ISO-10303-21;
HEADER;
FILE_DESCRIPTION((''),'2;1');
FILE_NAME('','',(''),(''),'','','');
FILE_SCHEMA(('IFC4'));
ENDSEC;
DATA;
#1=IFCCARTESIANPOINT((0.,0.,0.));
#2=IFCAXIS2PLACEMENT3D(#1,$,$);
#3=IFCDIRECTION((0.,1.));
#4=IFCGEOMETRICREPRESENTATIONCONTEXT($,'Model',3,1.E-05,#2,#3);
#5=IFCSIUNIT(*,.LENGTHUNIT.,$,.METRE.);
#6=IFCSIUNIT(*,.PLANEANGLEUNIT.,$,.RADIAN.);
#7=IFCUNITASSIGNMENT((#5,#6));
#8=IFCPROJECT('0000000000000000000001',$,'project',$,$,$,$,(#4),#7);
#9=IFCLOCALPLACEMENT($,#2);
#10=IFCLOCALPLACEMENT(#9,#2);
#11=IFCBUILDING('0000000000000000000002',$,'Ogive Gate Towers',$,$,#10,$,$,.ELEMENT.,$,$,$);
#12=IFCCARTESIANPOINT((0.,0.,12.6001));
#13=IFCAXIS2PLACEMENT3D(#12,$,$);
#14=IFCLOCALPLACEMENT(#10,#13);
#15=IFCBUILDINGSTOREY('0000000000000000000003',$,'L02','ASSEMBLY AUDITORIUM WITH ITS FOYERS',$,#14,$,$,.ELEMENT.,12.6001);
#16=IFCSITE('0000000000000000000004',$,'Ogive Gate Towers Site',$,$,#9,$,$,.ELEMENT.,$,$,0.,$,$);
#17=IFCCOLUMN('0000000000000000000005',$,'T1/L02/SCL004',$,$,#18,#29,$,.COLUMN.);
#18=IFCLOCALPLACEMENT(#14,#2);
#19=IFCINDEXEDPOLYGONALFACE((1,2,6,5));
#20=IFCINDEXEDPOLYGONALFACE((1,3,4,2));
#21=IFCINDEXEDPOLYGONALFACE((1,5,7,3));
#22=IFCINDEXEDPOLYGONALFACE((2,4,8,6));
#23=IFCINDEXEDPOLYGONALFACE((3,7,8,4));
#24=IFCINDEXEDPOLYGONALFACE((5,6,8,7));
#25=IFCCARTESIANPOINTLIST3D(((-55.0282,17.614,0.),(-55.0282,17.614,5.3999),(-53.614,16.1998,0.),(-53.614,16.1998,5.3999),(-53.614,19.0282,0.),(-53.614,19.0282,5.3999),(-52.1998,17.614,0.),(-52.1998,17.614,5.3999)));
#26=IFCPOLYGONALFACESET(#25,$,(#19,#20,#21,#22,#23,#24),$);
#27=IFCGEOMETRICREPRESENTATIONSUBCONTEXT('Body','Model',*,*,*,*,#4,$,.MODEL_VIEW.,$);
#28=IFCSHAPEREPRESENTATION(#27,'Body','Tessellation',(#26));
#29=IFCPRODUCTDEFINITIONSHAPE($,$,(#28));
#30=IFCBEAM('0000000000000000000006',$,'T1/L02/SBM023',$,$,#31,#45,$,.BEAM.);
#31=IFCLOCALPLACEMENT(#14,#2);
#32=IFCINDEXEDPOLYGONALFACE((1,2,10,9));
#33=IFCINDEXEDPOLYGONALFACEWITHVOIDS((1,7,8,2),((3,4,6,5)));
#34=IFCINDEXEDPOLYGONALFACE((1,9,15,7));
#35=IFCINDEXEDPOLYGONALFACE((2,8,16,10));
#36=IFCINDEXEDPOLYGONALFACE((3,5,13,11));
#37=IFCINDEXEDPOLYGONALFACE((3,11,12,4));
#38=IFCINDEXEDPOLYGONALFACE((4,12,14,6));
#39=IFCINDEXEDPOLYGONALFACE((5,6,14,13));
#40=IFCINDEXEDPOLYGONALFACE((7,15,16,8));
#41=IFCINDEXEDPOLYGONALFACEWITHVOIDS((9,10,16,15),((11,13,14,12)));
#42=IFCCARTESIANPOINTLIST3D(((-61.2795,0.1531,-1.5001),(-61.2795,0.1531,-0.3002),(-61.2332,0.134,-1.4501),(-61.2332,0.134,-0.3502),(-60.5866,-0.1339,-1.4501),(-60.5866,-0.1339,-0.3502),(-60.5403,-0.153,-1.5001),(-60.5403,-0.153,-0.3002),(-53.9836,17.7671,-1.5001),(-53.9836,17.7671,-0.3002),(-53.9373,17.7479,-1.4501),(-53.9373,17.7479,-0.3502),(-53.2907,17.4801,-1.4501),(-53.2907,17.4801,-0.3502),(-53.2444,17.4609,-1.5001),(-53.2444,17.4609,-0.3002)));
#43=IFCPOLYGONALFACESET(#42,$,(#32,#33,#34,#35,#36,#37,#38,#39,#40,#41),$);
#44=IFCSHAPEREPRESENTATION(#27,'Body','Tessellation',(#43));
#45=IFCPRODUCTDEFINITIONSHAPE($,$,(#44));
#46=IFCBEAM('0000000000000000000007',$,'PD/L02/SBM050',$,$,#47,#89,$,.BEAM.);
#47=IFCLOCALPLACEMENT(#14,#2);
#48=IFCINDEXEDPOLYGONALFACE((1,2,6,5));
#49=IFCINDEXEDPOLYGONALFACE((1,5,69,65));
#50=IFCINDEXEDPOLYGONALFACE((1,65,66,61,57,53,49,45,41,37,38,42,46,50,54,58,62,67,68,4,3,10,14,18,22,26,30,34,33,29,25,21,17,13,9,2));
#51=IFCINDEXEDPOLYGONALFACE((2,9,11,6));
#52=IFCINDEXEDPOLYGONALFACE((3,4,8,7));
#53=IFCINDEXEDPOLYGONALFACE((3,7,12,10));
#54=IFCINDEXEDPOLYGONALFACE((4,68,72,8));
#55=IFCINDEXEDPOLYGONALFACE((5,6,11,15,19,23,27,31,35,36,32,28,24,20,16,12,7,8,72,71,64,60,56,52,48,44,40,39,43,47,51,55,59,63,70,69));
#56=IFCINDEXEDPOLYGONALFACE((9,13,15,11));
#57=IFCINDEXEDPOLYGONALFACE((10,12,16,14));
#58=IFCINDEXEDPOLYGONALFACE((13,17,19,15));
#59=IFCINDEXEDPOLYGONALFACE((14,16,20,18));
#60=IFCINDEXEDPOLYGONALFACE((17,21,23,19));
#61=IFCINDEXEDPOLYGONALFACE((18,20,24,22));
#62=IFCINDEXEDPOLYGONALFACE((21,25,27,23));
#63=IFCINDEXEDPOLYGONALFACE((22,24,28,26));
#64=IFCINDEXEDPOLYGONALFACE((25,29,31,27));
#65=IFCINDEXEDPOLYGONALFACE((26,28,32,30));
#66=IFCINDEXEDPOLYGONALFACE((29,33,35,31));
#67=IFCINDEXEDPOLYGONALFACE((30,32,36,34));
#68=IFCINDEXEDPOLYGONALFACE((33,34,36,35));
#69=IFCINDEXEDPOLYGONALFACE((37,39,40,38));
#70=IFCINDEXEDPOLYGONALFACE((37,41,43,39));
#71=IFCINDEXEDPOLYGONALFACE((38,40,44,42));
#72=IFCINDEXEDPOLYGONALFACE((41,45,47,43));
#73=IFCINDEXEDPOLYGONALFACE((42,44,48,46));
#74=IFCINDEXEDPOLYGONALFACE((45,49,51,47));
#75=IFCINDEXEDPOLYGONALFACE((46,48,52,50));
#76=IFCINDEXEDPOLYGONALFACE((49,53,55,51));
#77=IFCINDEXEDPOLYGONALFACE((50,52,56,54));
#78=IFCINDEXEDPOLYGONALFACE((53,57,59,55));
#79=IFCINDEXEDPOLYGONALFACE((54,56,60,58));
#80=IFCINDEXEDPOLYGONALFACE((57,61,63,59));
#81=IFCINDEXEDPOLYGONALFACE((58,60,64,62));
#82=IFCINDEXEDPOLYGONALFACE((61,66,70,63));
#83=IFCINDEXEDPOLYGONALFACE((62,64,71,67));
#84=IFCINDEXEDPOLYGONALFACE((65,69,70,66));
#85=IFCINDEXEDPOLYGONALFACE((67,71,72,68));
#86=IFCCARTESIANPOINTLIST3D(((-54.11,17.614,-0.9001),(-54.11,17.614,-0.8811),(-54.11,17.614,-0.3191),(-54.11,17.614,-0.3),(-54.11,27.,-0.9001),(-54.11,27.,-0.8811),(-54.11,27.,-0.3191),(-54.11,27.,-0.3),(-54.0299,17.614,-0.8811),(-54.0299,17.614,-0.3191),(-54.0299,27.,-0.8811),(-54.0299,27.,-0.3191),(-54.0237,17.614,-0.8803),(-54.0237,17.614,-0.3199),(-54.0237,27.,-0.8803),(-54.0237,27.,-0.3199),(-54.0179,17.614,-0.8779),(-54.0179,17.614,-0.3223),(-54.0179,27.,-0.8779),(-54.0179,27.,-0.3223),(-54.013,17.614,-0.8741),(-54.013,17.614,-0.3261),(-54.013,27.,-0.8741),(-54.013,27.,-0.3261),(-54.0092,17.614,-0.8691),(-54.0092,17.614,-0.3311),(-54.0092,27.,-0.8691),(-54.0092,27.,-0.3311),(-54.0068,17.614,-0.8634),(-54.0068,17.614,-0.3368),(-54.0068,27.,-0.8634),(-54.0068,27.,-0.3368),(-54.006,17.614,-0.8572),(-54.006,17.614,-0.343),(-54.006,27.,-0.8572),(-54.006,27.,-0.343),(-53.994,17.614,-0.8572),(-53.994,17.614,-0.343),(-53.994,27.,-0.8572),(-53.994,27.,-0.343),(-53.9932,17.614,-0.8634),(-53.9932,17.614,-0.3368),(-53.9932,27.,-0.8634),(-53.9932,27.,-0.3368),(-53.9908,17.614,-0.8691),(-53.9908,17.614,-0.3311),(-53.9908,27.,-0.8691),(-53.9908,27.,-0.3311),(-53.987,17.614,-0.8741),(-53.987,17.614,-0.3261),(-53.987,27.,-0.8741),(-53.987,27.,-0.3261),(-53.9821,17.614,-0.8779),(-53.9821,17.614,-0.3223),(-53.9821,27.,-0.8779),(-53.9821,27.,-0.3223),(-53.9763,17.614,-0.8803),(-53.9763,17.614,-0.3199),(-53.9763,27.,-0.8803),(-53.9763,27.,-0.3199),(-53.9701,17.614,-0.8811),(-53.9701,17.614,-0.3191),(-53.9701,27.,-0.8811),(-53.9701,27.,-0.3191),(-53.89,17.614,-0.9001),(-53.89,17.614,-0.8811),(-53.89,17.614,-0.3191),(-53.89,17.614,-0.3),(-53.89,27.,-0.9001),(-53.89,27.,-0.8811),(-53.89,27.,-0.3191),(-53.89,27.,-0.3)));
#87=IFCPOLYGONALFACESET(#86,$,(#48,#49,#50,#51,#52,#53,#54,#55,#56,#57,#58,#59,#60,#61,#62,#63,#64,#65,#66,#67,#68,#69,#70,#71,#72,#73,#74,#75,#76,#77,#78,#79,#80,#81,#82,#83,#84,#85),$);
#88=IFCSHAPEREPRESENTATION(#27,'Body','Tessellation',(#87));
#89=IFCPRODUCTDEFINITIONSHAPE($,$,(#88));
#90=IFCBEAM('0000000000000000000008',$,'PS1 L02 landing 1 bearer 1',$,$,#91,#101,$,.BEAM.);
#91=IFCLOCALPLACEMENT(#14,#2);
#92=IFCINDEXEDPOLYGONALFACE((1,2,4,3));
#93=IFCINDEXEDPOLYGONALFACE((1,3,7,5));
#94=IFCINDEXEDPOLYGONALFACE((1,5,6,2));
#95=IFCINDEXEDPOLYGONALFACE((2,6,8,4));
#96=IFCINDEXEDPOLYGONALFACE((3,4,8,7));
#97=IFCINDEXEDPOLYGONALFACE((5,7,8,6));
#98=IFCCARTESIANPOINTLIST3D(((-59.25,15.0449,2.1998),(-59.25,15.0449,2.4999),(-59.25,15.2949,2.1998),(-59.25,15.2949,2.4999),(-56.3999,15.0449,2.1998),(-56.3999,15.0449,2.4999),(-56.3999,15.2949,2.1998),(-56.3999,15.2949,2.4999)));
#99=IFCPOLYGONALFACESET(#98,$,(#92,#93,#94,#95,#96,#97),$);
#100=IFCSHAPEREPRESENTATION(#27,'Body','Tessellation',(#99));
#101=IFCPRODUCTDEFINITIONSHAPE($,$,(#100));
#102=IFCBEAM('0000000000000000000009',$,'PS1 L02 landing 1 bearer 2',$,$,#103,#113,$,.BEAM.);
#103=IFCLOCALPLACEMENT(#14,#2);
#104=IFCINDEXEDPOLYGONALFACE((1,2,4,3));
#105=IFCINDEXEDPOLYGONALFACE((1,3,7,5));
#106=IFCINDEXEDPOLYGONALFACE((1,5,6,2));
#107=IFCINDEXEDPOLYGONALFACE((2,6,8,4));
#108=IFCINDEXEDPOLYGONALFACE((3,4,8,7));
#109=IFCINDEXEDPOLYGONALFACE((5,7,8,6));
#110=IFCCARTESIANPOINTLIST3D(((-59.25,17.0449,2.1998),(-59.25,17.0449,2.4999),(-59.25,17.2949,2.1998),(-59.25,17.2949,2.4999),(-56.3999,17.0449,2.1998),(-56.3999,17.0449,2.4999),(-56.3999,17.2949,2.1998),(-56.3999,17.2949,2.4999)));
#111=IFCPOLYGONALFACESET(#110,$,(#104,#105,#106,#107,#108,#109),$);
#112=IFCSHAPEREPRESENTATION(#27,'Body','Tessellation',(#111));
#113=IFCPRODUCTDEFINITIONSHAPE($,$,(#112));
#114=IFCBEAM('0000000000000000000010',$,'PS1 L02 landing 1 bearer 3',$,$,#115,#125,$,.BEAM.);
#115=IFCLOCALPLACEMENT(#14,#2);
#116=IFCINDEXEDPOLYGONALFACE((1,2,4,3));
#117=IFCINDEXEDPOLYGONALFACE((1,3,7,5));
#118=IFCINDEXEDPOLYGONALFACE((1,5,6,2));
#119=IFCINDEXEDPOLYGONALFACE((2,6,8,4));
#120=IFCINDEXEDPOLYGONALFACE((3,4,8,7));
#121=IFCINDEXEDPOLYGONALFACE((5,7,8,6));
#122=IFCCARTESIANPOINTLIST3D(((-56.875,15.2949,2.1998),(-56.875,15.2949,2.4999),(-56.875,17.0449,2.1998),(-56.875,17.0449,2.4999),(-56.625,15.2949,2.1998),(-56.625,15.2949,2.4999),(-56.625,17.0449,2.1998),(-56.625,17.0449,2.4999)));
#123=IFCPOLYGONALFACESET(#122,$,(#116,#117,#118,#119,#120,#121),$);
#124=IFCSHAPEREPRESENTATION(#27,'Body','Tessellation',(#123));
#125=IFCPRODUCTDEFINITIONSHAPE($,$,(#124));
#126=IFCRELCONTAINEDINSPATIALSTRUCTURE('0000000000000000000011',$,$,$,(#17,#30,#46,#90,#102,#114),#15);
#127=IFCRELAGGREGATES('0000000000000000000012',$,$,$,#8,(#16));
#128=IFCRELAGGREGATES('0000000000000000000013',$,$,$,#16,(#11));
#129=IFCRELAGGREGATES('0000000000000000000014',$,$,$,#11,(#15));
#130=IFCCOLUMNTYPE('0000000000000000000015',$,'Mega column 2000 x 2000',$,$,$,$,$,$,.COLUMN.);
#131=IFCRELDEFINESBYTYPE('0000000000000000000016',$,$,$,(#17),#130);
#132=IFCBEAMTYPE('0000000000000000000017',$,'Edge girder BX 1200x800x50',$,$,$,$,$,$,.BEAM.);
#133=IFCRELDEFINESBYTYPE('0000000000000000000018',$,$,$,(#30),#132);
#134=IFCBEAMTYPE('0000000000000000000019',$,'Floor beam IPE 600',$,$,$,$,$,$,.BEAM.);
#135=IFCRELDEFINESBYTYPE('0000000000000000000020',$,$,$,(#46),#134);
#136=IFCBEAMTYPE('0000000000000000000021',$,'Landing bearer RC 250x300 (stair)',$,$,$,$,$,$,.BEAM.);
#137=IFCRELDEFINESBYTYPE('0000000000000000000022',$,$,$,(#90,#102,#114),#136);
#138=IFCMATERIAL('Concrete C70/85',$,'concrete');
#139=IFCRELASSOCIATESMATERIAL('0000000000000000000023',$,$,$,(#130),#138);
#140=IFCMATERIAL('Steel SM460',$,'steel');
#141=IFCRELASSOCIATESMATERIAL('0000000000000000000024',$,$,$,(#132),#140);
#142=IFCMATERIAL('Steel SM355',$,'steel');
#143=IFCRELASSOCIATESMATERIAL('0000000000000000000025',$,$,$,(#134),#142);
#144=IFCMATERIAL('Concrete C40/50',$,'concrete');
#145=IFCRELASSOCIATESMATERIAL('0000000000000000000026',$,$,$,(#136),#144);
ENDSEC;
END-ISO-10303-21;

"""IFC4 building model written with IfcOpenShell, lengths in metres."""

from ifc_helpers import new_model, si_unit, direction, frame, origin, origin_2d, place, context, subcontext, project, spatial, rectangle, hollow_rectangle, i_section, extrude, material, material_profile, profile_set, type_object, element, save


model = new_model("IFC4")

# Units and contexts
model_context = context("Model", 3, precision=1e-05, world=origin(), true_north=direction((0.0, 1.0)))
body_context = subcontext(model_context, "Body", "Model", "MODEL_VIEW")
ifc_project = project(units=[si_unit("LENGTHUNIT", "METRE"), si_unit("PLANEANGLEUNIT", "RADIAN")], contexts=[model_context])

# Site, building, storey
site_placement = place(None, origin())
site = spatial("IfcSite", under=ifc_project, at=site_placement, Name="Ogive Gate Towers Site", CompositionType="ELEMENT", RefElevation=0.0)
building_placement = place(site_placement, origin())
building = spatial("IfcBuilding", under=site, at=building_placement, Name="Ogive Gate Towers", CompositionType="ELEMENT")
storey_placement = place(building_placement, frame((0.0, 0.0, 12.6001)))
storey = spatial("IfcBuildingStorey", under=building, at=storey_placement, Name="L02", Description="ASSEMBLY AUDITORIUM WITH ITS FOYERS", CompositionType="ELEMENT", Elevation=12.6001)

# Column
ifc_material_1 = material(Name="Concrete C70/85", Category="concrete")
ifc_material_profile_1 = material_profile(ifc_material_1, rectangle(XDim=2.0, YDim=2.0, at=origin_2d()), Name="RC 2000x2000")
ifc_profile_set_1 = profile_set([ifc_material_profile_1], Name="Concrete C70/85")
column_type = type_object("IfcColumnType", Name="Mega column 2000 x 2000", PredefinedType="COLUMN", material=ifc_profile_set_1)
column_placement = place(storey_placement, frame((-53.614, 17.614, 0.0), z_axis=(0.0, 0.0, 1.0), x_axis=(-0.707107, 0.707107, 0.0)))
element("IfcColumn", 1, at=column_placement, inside=storey, type_object=column_type, Name="T1/L02/SCL004", PredefinedType="COLUMN", context=body_context, shape_type="SweptSolid", body=[
    extrude(rectangle(XDim=2.0, YDim=2.0, at=origin_2d()), origin(), (0.0, 0.0, 1.0), 5.3999),
])

# Beams
ifc_material_2 = material(Name="Steel SM460", Category="steel")
ifc_material_profile_2 = material_profile(ifc_material_2, hollow_rectangle(XDim=0.8, YDim=1.2, WallThickness=0.05, at=origin_2d()), Name="BX 1200x800x50")
ifc_profile_set_2 = profile_set([ifc_material_profile_2], Name="Steel SM460")
beam_type_1 = type_object("IfcBeamType", Name="Edge girder BX 1200x800x50", PredefinedType="BEAM", material=ifc_profile_set_2)
beam_1_placement = place(storey_placement, frame((-53.614, 17.614, -0.9001), z_axis=(-0.382681, -0.923881, 0.0), x_axis=(0.923881, -0.382681, 0.0)))
element("IfcBeam", 2, at=beam_1_placement, inside=storey, type_object=beam_type_1, Name="T1/L02/SBM023", PredefinedType="BEAM", context=body_context, shape_type="SweptSolid", body=[
    extrude(hollow_rectangle(XDim=0.8, YDim=1.2, WallThickness=0.05, at=origin_2d()), origin(), (0.0, 0.0, 1.0), 19.0652),
])
ifc_material_3 = material(Name="Steel SM355", Category="steel")
ifc_material_profile_3 = material_profile(ifc_material_3, i_section(OverallWidth=0.22, OverallDepth=0.6001, WebThickness=0.012, FlangeThickness=0.019, FilletRadius=0.0239, at=origin_2d()), Name="IPE 600")
ifc_profile_set_3 = profile_set([ifc_material_profile_3], Name="Steel SM355")
beam_type_2 = type_object("IfcBeamType", Name="Floor beam IPE 600", PredefinedType="BEAM", material=ifc_profile_set_3)
beam_2_placement = place(storey_placement, frame((-54.0, 17.614, -0.6001), z_axis=(0.0, 1.0, 0.0), x_axis=(-1.0, 0.0, 0.0)))
element("IfcBeam", 3, at=beam_2_placement, inside=storey, type_object=beam_type_2, Name="PD/L02/SBM050", PredefinedType="BEAM", context=body_context, shape_type="SweptSolid", body=[
    extrude(i_section(OverallWidth=0.22, OverallDepth=0.6001, WebThickness=0.012, FlangeThickness=0.019, FilletRadius=0.0239, at=origin_2d()), origin(), (0.0, 0.0, 1.0), 9.386),
])
ifc_material_4 = material(Name="Concrete C40/50", Category="concrete")
ifc_material_profile_4 = material_profile(ifc_material_4, rectangle(XDim=0.25, YDim=0.3, at=origin_2d()), Name="RC 250x300")
ifc_profile_set_4 = profile_set([ifc_material_profile_4], Name="Concrete C40/50")
beam_type_3 = type_object("IfcBeamType", Name="Landing bearer RC 250x300 (stair)", PredefinedType="BEAM", material=ifc_profile_set_4)
for number, where, z_axis, x_axis, name in (
    (4, (-56.3999, 15.1699, 2.3499), (-1.0, 0.0, 0.0), (0.0, -1.0, 0.0), "PS1 L02 landing 1 bearer 1"),
    (5, (-56.3999, 17.1699, 2.3499), (-1.0, 0.0, 0.0), (0.0, -1.0, 0.0), "PS1 L02 landing 1 bearer 2"),
):
    element("IfcBeam", number, at=place(storey_placement, frame(where, z_axis=z_axis, x_axis=x_axis)), inside=storey, type_object=beam_type_3, Name=name, PredefinedType="BEAM", context=body_context, shape_type="SweptSolid", body=[
        extrude(rectangle(XDim=0.25, YDim=0.3, at=origin_2d()), origin(), (0.0, 0.0, 1.0), 2.8501),
    ])
beam_3_placement = place(storey_placement, frame((-56.75, 15.2949, 2.3499), z_axis=(0.0, 1.0, 0.0), x_axis=(-1.0, 0.0, 0.0)))
element("IfcBeam", 6, at=beam_3_placement, inside=storey, type_object=beam_type_3, Name="PS1 L02 landing 1 bearer 3", PredefinedType="BEAM", context=body_context, shape_type="SweptSolid", body=[
    extrude(rectangle(XDim=0.25, YDim=0.3, at=origin_2d()), origin(), (0.0, 0.0, 1.0), 1.75),
])

save(model, "model.ifc")
